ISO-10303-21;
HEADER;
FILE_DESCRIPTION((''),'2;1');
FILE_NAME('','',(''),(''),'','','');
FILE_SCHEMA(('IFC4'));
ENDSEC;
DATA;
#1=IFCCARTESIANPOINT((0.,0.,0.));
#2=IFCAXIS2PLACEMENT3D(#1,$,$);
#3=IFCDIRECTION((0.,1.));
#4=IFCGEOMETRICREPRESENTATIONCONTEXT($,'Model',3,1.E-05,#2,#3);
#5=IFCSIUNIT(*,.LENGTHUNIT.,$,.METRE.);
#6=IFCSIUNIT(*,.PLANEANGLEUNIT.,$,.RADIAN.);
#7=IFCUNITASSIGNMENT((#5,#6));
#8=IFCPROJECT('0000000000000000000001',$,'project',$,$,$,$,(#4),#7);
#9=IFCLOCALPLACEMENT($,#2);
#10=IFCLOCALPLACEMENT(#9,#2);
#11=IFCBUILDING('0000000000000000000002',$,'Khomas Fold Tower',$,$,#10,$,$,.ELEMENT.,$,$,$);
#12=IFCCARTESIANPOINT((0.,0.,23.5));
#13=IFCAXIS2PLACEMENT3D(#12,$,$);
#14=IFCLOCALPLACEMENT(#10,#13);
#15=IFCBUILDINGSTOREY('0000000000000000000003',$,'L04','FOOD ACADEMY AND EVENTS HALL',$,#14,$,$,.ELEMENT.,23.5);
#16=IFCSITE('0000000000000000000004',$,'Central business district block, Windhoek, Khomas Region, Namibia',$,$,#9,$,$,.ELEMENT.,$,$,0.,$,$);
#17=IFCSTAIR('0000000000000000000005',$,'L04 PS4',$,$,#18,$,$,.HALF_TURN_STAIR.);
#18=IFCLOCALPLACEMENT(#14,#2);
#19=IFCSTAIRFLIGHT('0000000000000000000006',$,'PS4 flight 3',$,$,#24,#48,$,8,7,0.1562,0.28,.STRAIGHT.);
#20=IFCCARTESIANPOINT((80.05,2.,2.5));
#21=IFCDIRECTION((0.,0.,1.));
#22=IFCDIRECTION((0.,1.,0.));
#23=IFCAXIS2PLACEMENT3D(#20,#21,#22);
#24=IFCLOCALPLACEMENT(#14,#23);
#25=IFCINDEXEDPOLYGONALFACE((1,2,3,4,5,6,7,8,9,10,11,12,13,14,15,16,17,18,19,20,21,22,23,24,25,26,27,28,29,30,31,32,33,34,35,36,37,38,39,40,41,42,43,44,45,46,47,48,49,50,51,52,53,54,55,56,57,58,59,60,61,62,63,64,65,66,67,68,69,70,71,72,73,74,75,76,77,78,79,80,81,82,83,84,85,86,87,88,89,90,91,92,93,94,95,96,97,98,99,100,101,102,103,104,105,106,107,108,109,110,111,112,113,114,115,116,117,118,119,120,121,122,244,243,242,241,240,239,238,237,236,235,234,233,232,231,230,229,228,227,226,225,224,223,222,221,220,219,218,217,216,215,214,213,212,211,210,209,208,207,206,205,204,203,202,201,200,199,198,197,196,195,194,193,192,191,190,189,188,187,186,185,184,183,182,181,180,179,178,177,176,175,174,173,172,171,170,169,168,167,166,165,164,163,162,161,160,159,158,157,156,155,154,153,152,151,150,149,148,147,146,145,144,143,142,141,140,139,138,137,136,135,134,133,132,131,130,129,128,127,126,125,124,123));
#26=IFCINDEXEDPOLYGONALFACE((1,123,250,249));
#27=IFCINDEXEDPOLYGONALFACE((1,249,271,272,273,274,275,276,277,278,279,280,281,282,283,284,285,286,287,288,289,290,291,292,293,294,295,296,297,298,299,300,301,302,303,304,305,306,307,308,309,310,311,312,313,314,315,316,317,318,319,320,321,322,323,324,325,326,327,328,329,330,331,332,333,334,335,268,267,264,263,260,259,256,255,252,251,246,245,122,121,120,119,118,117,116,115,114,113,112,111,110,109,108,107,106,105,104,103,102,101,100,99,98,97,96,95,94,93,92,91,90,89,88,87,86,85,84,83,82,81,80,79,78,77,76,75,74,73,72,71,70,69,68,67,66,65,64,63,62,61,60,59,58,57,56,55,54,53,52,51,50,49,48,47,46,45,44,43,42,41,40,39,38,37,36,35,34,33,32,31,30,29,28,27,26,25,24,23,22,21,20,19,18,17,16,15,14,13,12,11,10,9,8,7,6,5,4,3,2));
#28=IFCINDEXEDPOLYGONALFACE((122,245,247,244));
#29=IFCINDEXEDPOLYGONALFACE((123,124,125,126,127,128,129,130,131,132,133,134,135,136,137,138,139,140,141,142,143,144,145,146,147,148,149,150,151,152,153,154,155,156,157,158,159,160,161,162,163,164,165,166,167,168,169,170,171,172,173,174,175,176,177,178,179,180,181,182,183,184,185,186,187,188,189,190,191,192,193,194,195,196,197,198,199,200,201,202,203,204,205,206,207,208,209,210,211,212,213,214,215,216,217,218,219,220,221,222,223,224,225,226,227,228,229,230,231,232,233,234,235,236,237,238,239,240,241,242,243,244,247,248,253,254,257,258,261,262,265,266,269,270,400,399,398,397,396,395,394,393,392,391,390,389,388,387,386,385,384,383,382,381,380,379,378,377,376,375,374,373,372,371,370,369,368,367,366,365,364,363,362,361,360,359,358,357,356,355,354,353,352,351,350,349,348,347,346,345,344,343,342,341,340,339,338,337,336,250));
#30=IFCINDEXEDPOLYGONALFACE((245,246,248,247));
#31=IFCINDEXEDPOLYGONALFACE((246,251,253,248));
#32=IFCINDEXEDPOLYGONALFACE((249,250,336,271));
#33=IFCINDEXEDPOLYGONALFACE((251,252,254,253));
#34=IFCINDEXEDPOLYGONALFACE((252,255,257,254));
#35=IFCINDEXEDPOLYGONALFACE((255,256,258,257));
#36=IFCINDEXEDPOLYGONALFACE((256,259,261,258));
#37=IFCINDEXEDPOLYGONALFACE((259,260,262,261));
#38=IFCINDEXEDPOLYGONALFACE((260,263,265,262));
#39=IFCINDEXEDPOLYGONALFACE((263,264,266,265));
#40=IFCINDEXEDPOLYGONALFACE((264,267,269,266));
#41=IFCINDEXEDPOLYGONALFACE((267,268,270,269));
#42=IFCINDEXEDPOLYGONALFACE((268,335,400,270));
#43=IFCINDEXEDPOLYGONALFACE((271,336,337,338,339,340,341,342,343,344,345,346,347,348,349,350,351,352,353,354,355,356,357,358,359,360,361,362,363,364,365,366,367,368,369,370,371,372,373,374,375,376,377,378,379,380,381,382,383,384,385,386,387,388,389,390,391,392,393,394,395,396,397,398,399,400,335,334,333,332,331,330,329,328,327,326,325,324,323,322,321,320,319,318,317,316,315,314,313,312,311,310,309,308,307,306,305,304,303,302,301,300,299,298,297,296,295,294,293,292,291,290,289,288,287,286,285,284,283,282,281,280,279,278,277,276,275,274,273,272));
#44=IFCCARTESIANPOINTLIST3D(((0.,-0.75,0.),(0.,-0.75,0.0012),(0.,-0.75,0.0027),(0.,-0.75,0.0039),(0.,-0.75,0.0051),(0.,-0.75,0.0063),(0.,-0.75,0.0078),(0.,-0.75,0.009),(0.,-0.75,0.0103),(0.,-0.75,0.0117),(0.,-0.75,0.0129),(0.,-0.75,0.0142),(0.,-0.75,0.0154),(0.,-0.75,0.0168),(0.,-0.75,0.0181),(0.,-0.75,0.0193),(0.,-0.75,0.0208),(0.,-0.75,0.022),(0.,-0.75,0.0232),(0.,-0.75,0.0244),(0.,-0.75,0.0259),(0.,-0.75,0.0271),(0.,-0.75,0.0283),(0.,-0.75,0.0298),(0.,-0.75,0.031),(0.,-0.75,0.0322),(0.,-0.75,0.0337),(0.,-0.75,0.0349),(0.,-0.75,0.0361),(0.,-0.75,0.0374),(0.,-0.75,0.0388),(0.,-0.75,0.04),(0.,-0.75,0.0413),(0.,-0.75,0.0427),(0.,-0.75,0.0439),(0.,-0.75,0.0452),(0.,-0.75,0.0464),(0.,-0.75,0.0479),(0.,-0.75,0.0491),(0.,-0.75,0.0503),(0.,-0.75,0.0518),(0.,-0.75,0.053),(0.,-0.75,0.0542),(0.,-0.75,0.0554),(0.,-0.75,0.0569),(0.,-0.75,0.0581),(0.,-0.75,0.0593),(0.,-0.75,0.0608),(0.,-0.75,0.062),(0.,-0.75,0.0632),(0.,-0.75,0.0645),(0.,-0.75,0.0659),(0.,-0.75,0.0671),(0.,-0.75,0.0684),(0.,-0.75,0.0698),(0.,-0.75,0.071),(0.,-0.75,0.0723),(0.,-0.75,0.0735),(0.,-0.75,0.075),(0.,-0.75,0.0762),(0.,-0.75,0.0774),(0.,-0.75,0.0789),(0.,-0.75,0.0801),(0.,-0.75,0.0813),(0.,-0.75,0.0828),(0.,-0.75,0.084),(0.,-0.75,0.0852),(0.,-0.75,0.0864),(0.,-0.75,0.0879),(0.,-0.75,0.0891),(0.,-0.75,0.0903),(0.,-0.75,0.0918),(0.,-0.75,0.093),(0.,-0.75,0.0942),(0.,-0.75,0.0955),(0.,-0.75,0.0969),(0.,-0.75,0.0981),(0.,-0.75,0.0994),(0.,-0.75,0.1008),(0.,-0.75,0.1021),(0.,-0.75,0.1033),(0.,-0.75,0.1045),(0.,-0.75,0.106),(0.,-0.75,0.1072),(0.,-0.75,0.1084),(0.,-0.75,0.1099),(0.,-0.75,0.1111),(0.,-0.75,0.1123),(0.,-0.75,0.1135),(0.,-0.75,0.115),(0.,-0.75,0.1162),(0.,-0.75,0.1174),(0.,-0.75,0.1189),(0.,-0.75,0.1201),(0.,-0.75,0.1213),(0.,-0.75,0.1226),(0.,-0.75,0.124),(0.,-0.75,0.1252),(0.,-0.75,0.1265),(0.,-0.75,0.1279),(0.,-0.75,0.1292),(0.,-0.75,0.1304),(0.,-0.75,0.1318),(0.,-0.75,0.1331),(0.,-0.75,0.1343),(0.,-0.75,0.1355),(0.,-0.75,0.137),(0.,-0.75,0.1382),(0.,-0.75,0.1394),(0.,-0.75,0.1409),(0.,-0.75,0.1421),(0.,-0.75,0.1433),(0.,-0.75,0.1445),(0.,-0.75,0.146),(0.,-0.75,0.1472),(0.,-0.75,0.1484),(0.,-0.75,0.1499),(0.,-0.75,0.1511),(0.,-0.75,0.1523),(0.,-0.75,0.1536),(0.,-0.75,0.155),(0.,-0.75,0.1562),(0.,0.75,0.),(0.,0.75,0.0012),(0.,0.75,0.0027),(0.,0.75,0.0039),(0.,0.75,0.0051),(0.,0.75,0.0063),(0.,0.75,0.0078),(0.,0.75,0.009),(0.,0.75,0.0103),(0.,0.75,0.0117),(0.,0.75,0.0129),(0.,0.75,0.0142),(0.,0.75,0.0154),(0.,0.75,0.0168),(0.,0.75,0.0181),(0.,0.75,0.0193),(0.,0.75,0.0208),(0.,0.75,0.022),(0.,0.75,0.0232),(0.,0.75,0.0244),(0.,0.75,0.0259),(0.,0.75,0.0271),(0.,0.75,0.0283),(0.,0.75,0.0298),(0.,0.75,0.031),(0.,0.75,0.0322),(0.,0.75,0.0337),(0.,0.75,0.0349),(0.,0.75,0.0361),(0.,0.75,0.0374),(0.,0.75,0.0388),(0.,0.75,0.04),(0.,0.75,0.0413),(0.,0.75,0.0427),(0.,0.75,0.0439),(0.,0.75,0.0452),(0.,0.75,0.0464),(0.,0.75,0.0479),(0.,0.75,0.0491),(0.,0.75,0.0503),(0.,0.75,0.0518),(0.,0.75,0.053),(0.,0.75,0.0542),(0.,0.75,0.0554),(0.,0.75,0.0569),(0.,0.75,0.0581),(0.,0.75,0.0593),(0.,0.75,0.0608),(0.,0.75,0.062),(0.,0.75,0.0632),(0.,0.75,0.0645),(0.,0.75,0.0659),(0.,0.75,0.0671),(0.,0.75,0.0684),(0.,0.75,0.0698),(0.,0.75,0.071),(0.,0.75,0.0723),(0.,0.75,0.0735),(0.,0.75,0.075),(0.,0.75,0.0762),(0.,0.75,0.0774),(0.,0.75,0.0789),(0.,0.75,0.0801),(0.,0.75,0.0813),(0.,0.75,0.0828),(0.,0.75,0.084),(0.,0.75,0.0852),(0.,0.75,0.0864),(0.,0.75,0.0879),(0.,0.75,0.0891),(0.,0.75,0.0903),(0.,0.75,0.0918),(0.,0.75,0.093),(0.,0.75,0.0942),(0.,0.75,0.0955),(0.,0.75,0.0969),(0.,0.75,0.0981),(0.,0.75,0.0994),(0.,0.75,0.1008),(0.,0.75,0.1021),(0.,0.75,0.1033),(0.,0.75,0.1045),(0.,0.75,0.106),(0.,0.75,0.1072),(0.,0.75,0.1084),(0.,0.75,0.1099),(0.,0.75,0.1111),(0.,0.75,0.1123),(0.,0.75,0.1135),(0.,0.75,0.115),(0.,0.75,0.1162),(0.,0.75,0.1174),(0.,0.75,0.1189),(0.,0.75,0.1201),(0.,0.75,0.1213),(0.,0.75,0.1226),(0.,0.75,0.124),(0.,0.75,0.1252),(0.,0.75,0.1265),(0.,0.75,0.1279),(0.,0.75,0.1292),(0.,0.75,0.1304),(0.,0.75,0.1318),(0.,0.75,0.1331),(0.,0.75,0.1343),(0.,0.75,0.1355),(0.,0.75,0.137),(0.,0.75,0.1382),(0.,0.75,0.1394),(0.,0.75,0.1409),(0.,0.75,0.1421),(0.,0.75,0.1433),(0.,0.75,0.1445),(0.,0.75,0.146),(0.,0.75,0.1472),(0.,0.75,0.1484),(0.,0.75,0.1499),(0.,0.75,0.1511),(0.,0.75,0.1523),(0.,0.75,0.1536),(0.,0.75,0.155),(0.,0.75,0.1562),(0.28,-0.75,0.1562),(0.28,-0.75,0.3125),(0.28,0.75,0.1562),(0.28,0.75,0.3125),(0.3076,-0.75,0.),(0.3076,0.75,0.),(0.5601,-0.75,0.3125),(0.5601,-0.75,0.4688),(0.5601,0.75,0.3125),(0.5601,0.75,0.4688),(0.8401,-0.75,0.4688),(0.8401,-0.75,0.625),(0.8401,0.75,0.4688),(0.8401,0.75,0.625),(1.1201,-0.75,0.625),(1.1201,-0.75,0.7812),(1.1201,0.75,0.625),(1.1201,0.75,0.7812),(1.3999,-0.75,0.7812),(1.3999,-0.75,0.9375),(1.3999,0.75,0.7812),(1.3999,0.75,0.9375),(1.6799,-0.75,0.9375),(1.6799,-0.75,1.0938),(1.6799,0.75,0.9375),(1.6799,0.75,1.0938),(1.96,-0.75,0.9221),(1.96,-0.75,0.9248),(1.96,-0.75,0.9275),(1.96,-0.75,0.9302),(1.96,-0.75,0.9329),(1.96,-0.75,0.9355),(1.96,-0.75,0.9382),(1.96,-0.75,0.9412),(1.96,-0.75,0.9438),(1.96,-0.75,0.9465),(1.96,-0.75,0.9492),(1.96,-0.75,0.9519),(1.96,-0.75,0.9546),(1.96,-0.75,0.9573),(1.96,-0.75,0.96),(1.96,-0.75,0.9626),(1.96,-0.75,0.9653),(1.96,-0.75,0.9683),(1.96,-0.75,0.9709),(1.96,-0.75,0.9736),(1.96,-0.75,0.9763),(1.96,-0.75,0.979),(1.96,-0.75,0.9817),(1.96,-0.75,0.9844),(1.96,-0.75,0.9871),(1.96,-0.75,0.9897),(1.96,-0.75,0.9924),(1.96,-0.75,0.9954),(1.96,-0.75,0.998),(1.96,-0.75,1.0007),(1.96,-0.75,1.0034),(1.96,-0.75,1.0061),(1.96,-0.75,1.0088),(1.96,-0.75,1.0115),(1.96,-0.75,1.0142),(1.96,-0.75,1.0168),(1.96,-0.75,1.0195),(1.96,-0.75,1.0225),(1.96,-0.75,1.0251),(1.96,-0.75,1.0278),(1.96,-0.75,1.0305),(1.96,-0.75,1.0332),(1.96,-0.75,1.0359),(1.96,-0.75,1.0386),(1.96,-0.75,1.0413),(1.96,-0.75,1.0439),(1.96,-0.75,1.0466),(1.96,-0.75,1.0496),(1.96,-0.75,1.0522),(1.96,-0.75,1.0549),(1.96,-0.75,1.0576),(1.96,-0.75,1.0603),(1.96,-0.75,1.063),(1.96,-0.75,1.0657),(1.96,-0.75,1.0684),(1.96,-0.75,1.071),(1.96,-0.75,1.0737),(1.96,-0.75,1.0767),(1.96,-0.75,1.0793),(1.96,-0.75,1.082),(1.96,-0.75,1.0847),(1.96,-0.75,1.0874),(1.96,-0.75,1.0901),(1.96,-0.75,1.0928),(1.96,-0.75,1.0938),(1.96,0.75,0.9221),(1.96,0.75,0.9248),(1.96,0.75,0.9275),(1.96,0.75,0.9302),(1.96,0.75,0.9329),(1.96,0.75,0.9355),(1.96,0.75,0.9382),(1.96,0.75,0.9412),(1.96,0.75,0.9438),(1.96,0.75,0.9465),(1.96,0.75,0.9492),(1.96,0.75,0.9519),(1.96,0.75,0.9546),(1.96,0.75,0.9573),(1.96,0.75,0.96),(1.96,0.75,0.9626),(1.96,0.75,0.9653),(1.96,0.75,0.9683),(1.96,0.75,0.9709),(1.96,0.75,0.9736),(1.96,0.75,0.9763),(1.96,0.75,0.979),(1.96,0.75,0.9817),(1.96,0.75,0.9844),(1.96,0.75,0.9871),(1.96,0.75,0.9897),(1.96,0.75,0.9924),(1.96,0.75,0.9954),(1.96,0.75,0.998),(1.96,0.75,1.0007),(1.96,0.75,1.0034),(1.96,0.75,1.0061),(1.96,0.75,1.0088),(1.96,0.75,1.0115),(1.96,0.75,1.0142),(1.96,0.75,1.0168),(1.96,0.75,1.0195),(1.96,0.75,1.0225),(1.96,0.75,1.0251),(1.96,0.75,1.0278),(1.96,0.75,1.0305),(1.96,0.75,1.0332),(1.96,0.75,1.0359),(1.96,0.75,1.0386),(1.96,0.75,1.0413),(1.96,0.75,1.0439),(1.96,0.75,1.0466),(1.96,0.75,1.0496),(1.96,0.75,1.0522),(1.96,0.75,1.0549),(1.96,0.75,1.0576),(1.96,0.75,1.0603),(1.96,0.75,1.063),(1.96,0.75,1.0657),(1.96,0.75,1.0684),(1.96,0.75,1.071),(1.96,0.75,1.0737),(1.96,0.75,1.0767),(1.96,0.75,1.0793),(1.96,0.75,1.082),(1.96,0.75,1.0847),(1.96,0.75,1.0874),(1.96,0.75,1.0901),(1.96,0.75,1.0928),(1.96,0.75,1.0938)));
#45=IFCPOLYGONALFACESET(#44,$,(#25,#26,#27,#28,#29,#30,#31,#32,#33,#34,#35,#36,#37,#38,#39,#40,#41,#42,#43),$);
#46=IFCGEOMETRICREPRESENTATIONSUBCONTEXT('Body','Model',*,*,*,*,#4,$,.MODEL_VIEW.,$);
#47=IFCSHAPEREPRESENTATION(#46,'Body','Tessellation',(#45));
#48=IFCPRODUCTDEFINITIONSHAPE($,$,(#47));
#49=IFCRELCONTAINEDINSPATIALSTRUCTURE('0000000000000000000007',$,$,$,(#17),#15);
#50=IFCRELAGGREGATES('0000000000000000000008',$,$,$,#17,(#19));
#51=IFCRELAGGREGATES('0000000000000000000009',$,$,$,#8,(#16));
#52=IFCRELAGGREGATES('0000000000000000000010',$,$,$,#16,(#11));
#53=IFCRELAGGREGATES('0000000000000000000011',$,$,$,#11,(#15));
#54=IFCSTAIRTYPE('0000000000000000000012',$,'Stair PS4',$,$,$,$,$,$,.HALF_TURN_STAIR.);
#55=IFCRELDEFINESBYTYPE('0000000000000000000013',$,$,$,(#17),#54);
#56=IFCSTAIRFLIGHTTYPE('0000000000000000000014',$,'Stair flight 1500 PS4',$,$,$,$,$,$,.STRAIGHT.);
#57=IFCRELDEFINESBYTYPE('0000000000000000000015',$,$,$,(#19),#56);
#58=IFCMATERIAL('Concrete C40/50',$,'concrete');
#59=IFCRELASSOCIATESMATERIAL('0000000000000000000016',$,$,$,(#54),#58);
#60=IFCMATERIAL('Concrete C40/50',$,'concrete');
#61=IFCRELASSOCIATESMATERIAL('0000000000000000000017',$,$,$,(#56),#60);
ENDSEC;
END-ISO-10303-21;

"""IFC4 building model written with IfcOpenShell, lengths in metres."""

from ifc_helpers import new_model, si_unit, direction, frame, origin, place, context, subcontext, project, spatial, polyline, outline, extrude, source, transform, mapped, material, type_object, element, aggregate, save


model = new_model("IFC4")

# Units and contexts
model_context = context("Model", 3, precision=1e-05, world=origin(), true_north=direction((0.0, 1.0)))
body_context = subcontext(model_context, "Body", "Model", "MODEL_VIEW")
ifc_project = project(units=[si_unit("LENGTHUNIT", "METRE"), si_unit("PLANEANGLEUNIT", "RADIAN")], contexts=[model_context])

# Site, building, storey
site_placement = place(None, origin())
site = spatial("IfcSite", under=ifc_project, at=site_placement, Name="Central business district block, Windhoek, Khomas Region, Namibia", CompositionType="ELEMENT", RefElevation=0.0)
building_placement = place(site_placement, origin())
building = spatial("IfcBuilding", under=site, at=building_placement, Name="Khomas Fold Tower", CompositionType="ELEMENT")
storey_placement = place(building_placement, frame((0.0, 0.0, 23.5)))
storey = spatial("IfcBuildingStorey", under=building, at=storey_placement, Name="L04", Description="FOOD ACADEMY AND EVENTS HALL", CompositionType="ELEMENT", Elevation=23.5)

# Stair, stair flight
shared_shape_1 = source(origin(), body_context, "Body", "SweptSolid", [
    extrude(outline(polyline([(0.0, 0.0), (0.0, 0.0012), (0.0, 0.0027), (0.0, 0.0039), (0.0, 0.0051), (0.0, 0.0063), (0.0, 0.0078), (0.0, 0.009), (0.0, 0.0103), (0.0, 0.0117), (0.0, 0.0129), (0.0, 0.0142), (0.0, 0.0154), (0.0, 0.0168), (0.0, 0.0181), (0.0, 0.0193), (0.0, 0.0208), (0.0, 0.022), (0.0, 0.0232), (0.0, 0.0244), (0.0, 0.0259), (0.0, 0.0271), (0.0, 0.0283), (0.0, 0.0298), (0.0, 0.031), (0.0, 0.0322), (0.0, 0.0337), (0.0, 0.0349), (0.0, 0.0361), (0.0, 0.0374), (0.0, 0.0388), (0.0, 0.04), (0.0, 0.0413), (0.0, 0.0427), (0.0, 0.0439), (0.0, 0.0452), (0.0, 0.0464), (0.0, 0.0479), (0.0, 0.0491), (0.0, 0.0503), (0.0, 0.0518), (0.0, 0.053), (0.0, 0.0542), (0.0, 0.0554), (0.0, 0.0569), (0.0, 0.0581), (0.0, 0.0593), (0.0, 0.0608), (0.0, 0.062), (0.0, 0.0632), (0.0, 0.0645), (0.0, 0.0659), (0.0, 0.0671), (0.0, 0.0684), (0.0, 0.0698), (0.0, 0.071), (0.0, 0.0723), (0.0, 0.0735), (0.0, 0.075), (0.0, 0.0762), (0.0, 0.0774), (0.0, 0.0789), (0.0, 0.0801), (0.0, 0.0813), (0.0, 0.0828), (0.0, 0.084), (0.0, 0.0852), (0.0, 0.0864), (0.0, 0.0879), (0.0, 0.0891), (0.0, 0.0903), (0.0, 0.0918), (0.0, 0.093), (0.0, 0.0942), (0.0, 0.0955), (0.0, 0.0969), (0.0, 0.0981), (0.0, 0.0994), (0.0, 0.1008), (0.0, 0.1021), (0.0, 0.1033), (0.0, 0.1045), (0.0, 0.106), (0.0, 0.1072), (0.0, 0.1084), (0.0, 0.1099), (0.0, 0.1111), (0.0, 0.1123), (0.0, 0.1135), (0.0, 0.115), (0.0, 0.1162), (0.0, 0.1174), (0.0, 0.1189), (0.0, 0.1201), (0.0, 0.1213), (0.0, 0.1226), (0.0, 0.124), (0.0, 0.1252), (0.0, 0.1265), (0.0, 0.1279), (0.0, 0.1292), (0.0, 0.1304), (0.0, 0.1318), (0.0, 0.1331), (0.0, 0.1343), (0.0, 0.1355), (0.0, 0.137), (0.0, 0.1382), (0.0, 0.1394), (0.0, 0.1409), (0.0, 0.1421), (0.0, 0.1433), (0.0, 0.1445), (0.0, 0.146), (0.0, 0.1472), (0.0, 0.1484), (0.0, 0.1499), (0.0, 0.1511), (0.0, 0.1523), (0.0, 0.1536), (0.0, 0.155), (0.0, 0.1562), (0.28, 0.1562), (0.28, 0.3125), (0.5601, 0.3125), (0.5601, 0.4688), (0.8401, 0.4688), (0.8401, 0.625), (1.1201, 0.625), (1.1201, 0.7812), (1.3999, 0.7812), (1.3999, 0.9375), (1.6799, 0.9375), (1.6799, 1.0938), (1.96, 1.0938), (1.96, 1.25), (1.96, 1.2473), (1.96, 1.2446), (1.96, 1.2419), (1.96, 1.2393), (1.96, 1.2363), (1.96, 1.2336), (1.96, 1.231), (1.96, 1.2283), (1.96, 1.2256), (1.96, 1.2229), (1.96, 1.2202), (1.96, 1.2175), (1.96, 1.2148), (1.96, 1.2122), (1.96, 1.2092), (1.96, 1.2065), (1.96, 1.2039), (1.96, 1.2012), (1.96, 1.1985), (1.96, 1.1958), (1.96, 1.1931), (1.96, 1.1904), (1.96, 1.1877), (1.96, 1.1851), (1.96, 1.1821), (1.96, 1.1794), (1.96, 1.1768), (1.96, 1.1741), (1.96, 1.1714), (1.96, 1.1687), (1.96, 1.166), (1.96, 1.1633), (1.96, 1.1606), (1.96, 1.158), (1.96, 1.155), (1.96, 1.1523), (1.96, 1.1497), (1.96, 1.147), (1.96, 1.1443), (1.96, 1.1416), (1.96, 1.1389), (1.96, 1.1362), (1.96, 1.1335), (1.96, 1.1309), (1.96, 1.1279), (1.96, 1.1252), (1.96, 1.1226), (1.96, 1.1199), (1.96, 1.1172), (1.96, 1.1145), (1.96, 1.1118), (1.96, 1.1091), (1.96, 1.1064), (1.96, 1.1038), (1.96, 1.1008), (1.96, 1.0981), (1.96, 1.0955), (1.96, 1.0928), (1.96, 1.0901), (1.96, 1.0874), (1.96, 1.0847), (1.96, 1.082), (1.96, 1.0793), (1.96, 1.0767), (1.96, 1.0737), (1.96, 1.071), (1.96, 1.0684), (1.96, 1.0657), (1.96, 1.063), (1.96, 1.0603), (1.96, 1.0576), (1.96, 1.0549), (1.96, 1.0522), (1.96, 1.0496), (1.96, 1.0466), (1.96, 1.0439), (1.96, 1.0413), (1.96, 1.0386), (1.96, 1.0359), (1.96, 1.0332), (1.96, 1.0305), (1.96, 1.0278), (1.96, 1.0251), (1.96, 1.0225), (1.96, 1.0195), (1.96, 1.0168), (1.96, 1.0142), (1.96, 1.0115), (1.96, 1.0088), (1.96, 1.0061), (1.96, 1.0034), (1.96, 1.0007), (1.96, 0.998), (1.96, 0.9954), (1.96, 0.9924), (1.96, 0.9897), (1.96, 0.9871), (1.96, 0.9844), (1.96, 0.9817), (1.96, 0.979), (1.96, 0.9763), (1.96, 0.9736), (1.96, 0.9709), (1.96, 0.9683), (1.96, 0.9653), (1.96, 0.9626), (1.96, 0.96), (1.96, 0.9573), (1.96, 0.9546), (1.96, 0.9519), (1.96, 0.9492), (1.96, 0.9465), (1.96, 0.9438), (1.96, 0.9412), (1.96, 0.9382), (1.96, 0.9355), (1.96, 0.9329), (1.96, 0.9302), (1.96, 0.9275), (1.96, 0.9248), (1.96, 0.9221), (0.3076, 0.0), (0.0, 0.0)])), frame((0.0, 0.75, 0.0), z_axis=(0.0, -1.0, 0.0), x_axis=(1.0, 0.0, 0.0)), (0.0, 0.0, 1.0), 1.5),
])
ifc_material_1 = material(Name="Concrete C40/50", Category="concrete")
stair_type_1 = type_object("IfcStairType", Name="Stair PS4", PredefinedType="HALF_TURN_STAIR", material=ifc_material_1)
stair_1_placement = place(storey_placement, origin())
stair_1 = element("IfcStair", 1, at=stair_1_placement, inside=storey, type_object=stair_type_1, Name="L04 PS4", PredefinedType="HALF_TURN_STAIR")
ifc_material_2 = material(Name="Concrete C40/50", Category="concrete")
stair_flight_type_1 = type_object("IfcStairFlightType", Name="Stair flight 1500 PS4", PredefinedType="STRAIGHT", material=ifc_material_2)
stair_flight_1_placement = place(storey_placement, frame((80.05, 2.0, 2.5), z_axis=(0.0, 0.0, 1.0), x_axis=(0.0, 1.0, 0.0)))
stair_flight_1 = element("IfcStairFlight", 2, at=stair_flight_1_placement, type_object=stair_flight_type_1, Name="PS4 flight 3", NumberOfRisers=8, NumberOfTreads=7, PredefinedType="STRAIGHT", RiserHeight=0.1562, TreadLength=0.28, context=body_context, shape_type="MappedRepresentation", body=[
    mapped(shared_shape_1, transform((0.0, 0.0, 0.0))),
])
aggregate(stair_1, [stair_flight_1])

save(model, "model.ifc")
